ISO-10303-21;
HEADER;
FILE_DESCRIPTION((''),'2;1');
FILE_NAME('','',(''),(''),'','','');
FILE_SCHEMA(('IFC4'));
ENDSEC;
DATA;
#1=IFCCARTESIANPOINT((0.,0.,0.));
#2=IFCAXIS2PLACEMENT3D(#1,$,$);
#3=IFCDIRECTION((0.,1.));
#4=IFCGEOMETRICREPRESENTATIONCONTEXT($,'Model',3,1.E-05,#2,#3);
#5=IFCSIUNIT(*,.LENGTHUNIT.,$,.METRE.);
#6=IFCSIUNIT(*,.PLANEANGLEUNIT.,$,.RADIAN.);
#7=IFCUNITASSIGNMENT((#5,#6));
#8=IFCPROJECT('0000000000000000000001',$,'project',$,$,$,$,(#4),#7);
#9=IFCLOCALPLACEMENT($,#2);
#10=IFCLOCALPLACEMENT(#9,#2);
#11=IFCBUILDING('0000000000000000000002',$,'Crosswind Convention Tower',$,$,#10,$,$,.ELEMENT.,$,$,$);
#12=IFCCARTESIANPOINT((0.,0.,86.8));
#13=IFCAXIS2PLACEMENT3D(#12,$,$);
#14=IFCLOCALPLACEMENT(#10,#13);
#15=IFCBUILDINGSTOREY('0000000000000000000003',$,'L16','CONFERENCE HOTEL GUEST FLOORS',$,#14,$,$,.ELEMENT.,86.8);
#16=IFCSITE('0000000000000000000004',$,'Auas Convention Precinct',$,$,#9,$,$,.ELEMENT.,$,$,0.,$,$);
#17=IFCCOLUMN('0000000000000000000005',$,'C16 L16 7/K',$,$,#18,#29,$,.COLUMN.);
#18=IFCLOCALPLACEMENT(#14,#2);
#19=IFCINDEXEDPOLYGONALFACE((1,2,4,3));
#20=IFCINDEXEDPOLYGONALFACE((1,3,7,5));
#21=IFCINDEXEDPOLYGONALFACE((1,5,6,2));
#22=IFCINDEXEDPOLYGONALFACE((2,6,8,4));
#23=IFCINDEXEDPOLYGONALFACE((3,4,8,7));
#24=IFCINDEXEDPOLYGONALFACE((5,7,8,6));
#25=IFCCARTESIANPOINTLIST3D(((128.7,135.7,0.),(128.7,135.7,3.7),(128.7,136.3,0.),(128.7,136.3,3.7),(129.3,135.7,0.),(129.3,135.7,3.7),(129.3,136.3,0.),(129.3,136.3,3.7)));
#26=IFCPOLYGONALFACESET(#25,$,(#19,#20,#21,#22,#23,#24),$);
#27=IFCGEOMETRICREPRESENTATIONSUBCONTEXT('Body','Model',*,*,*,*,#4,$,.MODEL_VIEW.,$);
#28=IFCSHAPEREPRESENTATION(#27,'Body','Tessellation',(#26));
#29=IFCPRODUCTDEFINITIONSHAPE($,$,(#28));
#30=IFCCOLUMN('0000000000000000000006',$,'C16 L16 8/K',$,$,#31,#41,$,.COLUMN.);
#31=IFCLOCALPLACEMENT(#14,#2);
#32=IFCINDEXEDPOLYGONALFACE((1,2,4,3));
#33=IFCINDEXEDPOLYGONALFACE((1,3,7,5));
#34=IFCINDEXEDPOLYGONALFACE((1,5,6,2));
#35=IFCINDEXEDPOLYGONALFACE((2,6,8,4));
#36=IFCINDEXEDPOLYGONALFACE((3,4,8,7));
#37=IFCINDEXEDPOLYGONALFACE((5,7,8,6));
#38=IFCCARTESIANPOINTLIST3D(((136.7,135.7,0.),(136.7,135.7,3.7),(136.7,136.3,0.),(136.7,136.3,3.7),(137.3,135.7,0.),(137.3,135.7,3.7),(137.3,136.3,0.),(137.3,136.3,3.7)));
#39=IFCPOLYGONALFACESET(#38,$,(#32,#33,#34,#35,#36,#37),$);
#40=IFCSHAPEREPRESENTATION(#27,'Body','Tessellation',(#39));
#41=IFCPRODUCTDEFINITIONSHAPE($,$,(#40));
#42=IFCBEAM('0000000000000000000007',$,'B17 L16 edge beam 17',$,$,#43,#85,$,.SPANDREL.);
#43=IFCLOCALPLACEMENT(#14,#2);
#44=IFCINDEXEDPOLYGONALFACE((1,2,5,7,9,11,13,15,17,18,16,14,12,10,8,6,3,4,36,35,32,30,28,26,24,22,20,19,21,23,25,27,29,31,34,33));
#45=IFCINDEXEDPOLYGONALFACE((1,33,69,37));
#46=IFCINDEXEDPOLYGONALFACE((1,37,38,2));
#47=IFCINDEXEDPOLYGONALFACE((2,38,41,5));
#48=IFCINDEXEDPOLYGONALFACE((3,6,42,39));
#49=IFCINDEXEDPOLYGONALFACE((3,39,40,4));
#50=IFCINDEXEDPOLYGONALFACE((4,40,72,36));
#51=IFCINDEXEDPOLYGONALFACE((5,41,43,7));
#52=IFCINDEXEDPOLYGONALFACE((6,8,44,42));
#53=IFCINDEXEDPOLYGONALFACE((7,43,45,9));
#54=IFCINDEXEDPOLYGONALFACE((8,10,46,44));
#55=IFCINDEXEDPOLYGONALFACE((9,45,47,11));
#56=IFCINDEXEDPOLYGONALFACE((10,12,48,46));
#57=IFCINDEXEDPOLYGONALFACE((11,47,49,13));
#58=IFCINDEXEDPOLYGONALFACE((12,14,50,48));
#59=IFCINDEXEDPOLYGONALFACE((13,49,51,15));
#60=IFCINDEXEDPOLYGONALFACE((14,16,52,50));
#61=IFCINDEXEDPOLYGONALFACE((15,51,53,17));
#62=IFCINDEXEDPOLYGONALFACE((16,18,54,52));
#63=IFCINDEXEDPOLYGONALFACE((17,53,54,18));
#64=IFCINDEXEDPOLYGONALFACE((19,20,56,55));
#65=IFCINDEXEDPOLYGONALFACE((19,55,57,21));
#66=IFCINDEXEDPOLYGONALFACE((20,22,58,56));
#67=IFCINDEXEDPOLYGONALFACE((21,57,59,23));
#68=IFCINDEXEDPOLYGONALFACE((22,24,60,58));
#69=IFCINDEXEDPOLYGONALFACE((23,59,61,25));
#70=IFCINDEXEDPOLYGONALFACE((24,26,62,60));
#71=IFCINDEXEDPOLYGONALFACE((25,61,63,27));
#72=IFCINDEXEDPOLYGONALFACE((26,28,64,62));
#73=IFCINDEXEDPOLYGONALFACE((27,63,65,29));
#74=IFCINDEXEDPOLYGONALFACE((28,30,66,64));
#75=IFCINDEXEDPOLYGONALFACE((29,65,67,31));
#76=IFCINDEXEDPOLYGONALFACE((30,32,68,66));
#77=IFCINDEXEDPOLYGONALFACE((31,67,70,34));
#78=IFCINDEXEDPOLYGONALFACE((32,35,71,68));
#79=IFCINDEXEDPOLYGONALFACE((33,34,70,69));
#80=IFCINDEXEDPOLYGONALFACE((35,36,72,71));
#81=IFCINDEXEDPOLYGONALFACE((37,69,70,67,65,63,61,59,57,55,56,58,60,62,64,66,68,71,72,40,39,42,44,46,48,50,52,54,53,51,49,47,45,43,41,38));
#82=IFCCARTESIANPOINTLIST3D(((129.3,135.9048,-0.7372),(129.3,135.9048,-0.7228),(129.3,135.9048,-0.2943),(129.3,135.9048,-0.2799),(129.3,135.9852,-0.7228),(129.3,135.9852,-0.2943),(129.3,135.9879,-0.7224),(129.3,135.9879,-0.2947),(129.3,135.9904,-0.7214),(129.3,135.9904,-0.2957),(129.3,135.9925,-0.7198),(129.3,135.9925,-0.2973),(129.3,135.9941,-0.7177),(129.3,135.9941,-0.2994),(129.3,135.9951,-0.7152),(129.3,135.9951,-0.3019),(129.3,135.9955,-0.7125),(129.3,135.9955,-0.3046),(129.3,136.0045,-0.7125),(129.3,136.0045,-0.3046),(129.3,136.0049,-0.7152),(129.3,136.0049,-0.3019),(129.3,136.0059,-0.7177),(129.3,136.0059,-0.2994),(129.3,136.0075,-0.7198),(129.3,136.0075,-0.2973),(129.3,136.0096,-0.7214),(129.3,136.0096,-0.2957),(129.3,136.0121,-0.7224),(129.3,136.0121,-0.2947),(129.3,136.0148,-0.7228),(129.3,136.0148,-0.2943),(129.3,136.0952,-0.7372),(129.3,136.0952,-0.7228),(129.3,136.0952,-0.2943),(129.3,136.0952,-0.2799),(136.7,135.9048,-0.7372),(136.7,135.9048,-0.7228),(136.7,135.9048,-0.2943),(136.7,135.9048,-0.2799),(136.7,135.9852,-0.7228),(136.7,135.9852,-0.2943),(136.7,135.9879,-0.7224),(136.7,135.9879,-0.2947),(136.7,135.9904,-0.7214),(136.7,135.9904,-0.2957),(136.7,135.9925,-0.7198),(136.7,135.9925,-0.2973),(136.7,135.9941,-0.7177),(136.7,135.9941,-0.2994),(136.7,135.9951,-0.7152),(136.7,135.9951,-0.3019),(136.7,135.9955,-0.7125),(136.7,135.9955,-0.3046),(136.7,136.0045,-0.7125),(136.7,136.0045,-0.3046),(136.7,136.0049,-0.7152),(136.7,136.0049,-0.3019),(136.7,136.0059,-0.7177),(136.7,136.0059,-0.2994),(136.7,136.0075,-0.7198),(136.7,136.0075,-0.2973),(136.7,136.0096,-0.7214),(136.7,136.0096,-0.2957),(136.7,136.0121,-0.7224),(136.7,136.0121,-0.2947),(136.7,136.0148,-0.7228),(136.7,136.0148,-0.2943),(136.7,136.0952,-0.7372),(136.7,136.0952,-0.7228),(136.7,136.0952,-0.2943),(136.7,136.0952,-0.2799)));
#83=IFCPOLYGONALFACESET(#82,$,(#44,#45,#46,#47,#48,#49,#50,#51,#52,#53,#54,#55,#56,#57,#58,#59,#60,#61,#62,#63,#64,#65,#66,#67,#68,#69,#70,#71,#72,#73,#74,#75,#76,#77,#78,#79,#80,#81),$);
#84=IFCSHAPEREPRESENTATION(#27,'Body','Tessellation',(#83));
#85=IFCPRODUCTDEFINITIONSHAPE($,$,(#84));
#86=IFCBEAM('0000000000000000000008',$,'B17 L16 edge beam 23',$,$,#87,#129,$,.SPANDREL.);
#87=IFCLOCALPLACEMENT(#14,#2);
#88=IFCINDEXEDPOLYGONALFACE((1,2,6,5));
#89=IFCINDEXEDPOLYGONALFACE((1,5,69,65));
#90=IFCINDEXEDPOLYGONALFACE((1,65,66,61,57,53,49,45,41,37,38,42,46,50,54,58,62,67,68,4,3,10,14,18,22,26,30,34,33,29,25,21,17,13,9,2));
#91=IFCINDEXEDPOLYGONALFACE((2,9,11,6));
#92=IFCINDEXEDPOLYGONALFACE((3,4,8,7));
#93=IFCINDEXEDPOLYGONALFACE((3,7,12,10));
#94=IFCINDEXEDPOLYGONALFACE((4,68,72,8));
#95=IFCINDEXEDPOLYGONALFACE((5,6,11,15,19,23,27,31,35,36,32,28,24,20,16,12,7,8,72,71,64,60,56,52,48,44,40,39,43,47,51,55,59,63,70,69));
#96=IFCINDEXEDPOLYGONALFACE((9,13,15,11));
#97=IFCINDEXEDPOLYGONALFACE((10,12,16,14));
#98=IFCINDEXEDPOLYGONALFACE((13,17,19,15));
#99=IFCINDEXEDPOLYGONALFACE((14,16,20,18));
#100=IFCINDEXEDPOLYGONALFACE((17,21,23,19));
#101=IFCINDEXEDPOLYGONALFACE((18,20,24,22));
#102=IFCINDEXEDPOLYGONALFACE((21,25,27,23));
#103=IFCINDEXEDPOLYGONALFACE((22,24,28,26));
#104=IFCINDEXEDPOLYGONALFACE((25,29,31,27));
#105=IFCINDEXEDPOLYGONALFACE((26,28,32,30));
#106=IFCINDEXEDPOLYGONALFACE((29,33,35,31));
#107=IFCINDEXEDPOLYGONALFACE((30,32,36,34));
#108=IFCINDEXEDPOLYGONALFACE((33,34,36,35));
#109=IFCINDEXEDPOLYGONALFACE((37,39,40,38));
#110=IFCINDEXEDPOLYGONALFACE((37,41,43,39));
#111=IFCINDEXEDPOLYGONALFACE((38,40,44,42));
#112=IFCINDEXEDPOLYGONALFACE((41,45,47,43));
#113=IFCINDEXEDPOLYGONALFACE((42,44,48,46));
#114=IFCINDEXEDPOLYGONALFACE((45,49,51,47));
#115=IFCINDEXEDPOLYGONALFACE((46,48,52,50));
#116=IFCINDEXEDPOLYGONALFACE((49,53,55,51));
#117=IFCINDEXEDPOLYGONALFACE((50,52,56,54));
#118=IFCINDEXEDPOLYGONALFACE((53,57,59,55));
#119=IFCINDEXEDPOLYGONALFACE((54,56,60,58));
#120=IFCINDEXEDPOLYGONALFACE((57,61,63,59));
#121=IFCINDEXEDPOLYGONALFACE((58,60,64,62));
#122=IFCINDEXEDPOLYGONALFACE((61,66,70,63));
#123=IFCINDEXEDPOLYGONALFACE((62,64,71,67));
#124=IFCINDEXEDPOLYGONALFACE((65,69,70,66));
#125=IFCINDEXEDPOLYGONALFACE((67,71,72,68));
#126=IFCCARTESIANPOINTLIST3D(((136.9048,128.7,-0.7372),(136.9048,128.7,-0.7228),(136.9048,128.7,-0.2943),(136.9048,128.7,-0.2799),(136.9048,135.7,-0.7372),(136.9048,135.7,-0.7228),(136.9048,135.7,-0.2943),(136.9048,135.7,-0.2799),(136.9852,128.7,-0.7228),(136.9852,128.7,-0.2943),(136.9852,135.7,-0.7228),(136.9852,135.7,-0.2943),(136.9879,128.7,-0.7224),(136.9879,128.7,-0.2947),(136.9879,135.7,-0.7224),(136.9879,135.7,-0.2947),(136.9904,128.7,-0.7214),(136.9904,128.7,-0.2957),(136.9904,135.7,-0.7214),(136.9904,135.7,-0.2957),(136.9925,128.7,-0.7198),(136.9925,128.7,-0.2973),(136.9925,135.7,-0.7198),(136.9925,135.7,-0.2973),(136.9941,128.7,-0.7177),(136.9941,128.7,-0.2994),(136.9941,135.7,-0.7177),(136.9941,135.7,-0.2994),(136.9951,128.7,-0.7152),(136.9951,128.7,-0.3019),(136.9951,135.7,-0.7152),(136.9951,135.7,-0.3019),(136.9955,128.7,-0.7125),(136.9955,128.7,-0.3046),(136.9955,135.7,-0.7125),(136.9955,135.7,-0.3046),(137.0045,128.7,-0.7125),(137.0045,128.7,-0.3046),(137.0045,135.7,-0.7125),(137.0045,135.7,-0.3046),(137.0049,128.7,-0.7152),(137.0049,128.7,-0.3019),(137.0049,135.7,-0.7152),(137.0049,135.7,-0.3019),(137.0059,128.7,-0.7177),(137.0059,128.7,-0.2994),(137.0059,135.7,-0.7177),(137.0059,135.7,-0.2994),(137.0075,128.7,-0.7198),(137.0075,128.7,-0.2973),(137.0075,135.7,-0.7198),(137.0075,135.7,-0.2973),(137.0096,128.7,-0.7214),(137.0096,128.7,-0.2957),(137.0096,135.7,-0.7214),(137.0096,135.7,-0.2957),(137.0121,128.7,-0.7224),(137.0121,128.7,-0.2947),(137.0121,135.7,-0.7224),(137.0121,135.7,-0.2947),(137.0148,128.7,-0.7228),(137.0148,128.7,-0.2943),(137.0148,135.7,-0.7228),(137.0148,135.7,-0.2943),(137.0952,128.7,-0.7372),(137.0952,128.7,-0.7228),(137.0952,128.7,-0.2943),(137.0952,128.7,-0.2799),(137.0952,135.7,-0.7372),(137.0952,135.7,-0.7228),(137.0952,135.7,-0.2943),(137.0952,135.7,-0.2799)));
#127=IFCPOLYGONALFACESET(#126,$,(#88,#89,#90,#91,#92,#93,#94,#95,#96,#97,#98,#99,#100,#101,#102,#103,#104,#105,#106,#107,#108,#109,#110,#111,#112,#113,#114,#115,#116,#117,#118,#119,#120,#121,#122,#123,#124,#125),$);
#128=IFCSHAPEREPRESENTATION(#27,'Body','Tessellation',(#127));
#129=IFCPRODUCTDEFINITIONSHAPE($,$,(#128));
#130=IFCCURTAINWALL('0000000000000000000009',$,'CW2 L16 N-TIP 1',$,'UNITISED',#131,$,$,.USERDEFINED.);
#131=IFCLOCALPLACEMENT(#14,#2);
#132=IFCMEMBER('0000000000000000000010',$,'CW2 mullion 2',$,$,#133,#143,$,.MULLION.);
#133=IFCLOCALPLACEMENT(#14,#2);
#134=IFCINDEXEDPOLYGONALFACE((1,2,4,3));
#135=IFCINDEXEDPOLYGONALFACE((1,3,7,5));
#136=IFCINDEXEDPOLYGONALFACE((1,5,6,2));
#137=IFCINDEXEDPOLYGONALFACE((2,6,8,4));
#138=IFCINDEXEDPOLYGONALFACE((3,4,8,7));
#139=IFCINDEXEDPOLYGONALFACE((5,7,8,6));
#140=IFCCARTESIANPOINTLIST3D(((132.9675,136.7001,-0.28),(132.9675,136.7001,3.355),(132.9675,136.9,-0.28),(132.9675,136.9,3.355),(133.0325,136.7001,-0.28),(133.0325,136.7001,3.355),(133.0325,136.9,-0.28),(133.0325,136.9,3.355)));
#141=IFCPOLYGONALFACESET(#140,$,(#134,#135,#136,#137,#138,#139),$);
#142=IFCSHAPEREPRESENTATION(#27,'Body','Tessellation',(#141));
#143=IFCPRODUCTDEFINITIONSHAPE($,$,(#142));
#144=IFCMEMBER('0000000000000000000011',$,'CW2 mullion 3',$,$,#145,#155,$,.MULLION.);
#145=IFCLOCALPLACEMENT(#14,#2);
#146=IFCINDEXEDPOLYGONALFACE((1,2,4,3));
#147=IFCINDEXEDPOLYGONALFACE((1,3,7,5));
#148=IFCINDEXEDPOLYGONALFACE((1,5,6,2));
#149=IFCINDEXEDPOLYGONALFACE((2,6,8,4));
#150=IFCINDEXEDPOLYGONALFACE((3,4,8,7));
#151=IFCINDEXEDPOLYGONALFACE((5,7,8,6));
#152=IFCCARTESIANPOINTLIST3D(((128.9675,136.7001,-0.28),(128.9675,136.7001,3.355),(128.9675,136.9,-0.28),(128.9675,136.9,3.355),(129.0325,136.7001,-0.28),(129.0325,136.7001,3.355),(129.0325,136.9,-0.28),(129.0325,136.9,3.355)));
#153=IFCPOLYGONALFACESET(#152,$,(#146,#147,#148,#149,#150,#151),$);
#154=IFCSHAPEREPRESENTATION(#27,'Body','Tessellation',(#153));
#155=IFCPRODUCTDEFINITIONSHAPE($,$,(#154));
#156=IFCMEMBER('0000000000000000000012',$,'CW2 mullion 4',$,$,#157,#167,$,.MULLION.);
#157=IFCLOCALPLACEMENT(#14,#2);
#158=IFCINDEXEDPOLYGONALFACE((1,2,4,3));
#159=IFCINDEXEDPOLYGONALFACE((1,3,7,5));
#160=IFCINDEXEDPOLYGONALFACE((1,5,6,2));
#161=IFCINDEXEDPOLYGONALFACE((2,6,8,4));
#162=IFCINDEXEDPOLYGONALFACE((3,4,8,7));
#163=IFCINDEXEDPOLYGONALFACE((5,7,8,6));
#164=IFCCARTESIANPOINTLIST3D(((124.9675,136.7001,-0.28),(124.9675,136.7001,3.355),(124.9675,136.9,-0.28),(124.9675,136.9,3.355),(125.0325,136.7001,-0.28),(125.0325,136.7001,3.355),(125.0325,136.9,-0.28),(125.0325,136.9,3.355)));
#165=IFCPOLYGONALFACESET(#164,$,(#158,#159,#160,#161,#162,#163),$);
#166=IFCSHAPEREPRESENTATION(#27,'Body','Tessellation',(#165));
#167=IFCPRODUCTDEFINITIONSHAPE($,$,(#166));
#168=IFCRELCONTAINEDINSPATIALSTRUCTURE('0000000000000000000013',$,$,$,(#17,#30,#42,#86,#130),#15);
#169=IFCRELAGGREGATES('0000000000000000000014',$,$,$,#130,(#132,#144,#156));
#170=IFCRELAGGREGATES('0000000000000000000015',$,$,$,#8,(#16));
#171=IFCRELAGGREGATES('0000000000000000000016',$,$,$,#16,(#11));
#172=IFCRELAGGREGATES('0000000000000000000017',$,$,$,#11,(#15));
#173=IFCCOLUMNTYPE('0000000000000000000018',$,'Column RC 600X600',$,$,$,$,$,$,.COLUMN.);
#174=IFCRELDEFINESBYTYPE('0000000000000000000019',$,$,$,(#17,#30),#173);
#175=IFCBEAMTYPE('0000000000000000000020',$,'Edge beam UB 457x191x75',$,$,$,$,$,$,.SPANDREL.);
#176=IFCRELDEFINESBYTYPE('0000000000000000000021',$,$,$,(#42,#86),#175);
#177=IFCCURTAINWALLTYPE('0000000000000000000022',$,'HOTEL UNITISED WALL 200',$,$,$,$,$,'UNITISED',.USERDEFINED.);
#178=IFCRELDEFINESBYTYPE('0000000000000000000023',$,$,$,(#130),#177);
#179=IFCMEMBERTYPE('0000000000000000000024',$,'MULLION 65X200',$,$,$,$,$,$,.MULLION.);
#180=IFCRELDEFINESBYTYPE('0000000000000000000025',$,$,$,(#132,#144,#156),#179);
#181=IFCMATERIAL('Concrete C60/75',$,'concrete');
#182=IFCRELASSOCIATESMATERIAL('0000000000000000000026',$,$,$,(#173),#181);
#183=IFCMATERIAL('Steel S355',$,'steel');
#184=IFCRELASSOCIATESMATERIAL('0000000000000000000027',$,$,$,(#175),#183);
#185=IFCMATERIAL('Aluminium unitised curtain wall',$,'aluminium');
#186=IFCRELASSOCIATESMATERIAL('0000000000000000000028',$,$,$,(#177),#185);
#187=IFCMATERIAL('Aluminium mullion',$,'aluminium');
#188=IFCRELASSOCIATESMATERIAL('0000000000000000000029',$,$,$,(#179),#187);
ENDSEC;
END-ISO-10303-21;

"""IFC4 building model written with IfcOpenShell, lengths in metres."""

from ifc_helpers import new_model, si_unit, direction, frame, origin, origin_2d, place, context, subcontext, project, spatial, rectangle, i_section, extrude, material, material_profile, profile_set, type_object, element, aggregate, save


model = new_model("IFC4")

# Units and contexts
model_context = context("Model", 3, precision=1e-05, world=origin(), true_north=direction((0.0, 1.0)))
body_context = subcontext(model_context, "Body", "Model", "MODEL_VIEW")
ifc_project = project(units=[si_unit("LENGTHUNIT", "METRE"), si_unit("PLANEANGLEUNIT", "RADIAN")], contexts=[model_context])

# Site, building, storey
site_placement = place(None, origin())
site = spatial("IfcSite", under=ifc_project, at=site_placement, Name="Auas Convention Precinct", CompositionType="ELEMENT", RefElevation=0.0)
building_placement = place(site_placement, origin())
building = spatial("IfcBuilding", under=site, at=building_placement, Name="Crosswind Convention Tower", CompositionType="ELEMENT")
storey_placement = place(building_placement, frame((0.0, 0.0, 86.8)))
storey = spatial("IfcBuildingStorey", under=building, at=storey_placement, Name="L16", Description="CONFERENCE HOTEL GUEST FLOORS", CompositionType="ELEMENT", Elevation=86.8)

# Columns
ifc_material_1 = material(Name="Concrete C60/75", Category="concrete")
ifc_material_profile_1 = material_profile(ifc_material_1, rectangle(XDim=0.6001, YDim=0.6001, at=origin_2d()), Name="RC 600X600")
ifc_profile_set_1 = profile_set([ifc_material_profile_1], Name="Concrete C60/75")
column_type = type_object("IfcColumnType", Name="Column RC 600X600", PredefinedType="COLUMN", material=ifc_profile_set_1)
for number, where, z_axis, x_axis, name in (
    (1, (129.0, 136.0, 0.0), (0.0, 0.0, 1.0), (1.0, 0.0, 0.0), "C16 L16 7/K"),
    (2, (137.0, 136.0, 0.0), (0.0, 0.0, 1.0), (1.0, 0.0, 0.0), "C16 L16 8/K"),
):
    element("IfcColumn", number, at=place(storey_placement, frame(where, z_axis=z_axis, x_axis=x_axis)), inside=storey, type_object=column_type, Name=name, PredefinedType="COLUMN", context=body_context, shape_type="SweptSolid", body=[
        extrude(rectangle(XDim=0.6001, YDim=0.6001, at=origin_2d()), origin(), (0.0, 0.0, 1.0), 3.7),
    ])

# Beams
ifc_material_2 = material(Name="Steel S355", Category="steel")
ifc_material_profile_2 = material_profile(ifc_material_2, i_section(OverallWidth=0.1904, OverallDepth=0.4573, WebThickness=0.009, FlangeThickness=0.0144, FilletRadius=0.0103, at=origin_2d()), Name="UB 457x191x75")
ifc_profile_set_2 = profile_set([ifc_material_profile_2], Name="Steel S355")
beam_type_1 = type_object("IfcBeamType", Name="Edge beam UB 457x191x75", PredefinedType="SPANDREL", material=ifc_profile_set_2)
beam_1_placement = place(storey_placement, frame((129.3, 136.0, -0.5085), z_axis=(1.0, 0.0, 0.0), x_axis=(0.0, 1.0, 0.0)))
element("IfcBeam", 3, at=beam_1_placement, inside=storey, type_object=beam_type_1, Name="B17 L16 edge beam 17", PredefinedType="SPANDREL", context=body_context, shape_type="SweptSolid", body=[
    extrude(i_section(OverallWidth=0.1904, OverallDepth=0.4573, WebThickness=0.009, FlangeThickness=0.0144, FilletRadius=0.0103, at=origin_2d()), origin(), (0.0, 0.0, 1.0), 7.3999),
])
beam_2_placement = place(storey_placement, frame((137.0, 128.7, -0.5085), z_axis=(0.0, 1.0, 0.0), x_axis=(-1.0, 0.0, 0.0)))
element("IfcBeam", 4, at=beam_2_placement, inside=storey, type_object=beam_type_1, Name="B17 L16 edge beam 23", PredefinedType="SPANDREL", context=body_context, shape_type="SweptSolid", body=[
    extrude(i_section(OverallWidth=0.1904, OverallDepth=0.4573, WebThickness=0.009, FlangeThickness=0.0144, FilletRadius=0.0103, at=origin_2d()), origin(), (0.0, 0.0, 1.0), 7.0),
])

# Curtain wall, members
ifc_material_3 = material(Name="Aluminium unitised curtain wall", Category="aluminium")
curtain_wall_type = type_object("IfcCurtainWallType", Name="HOTEL UNITISED WALL 200", ElementType="UNITISED", PredefinedType="USERDEFINED", material=ifc_material_3)
curtain_wall_placement = place(storey_placement, origin())
curtain_wall = element("IfcCurtainWall", 5, at=curtain_wall_placement, inside=storey, type_object=curtain_wall_type, Name="CW2 L16 N-TIP 1", ObjectType="UNITISED", PredefinedType="USERDEFINED")
ifc_material_4 = material(Name="Aluminium mullion", Category="aluminium")
ifc_material_profile_3 = material_profile(ifc_material_4, rectangle(XDim=0.2, YDim=0.0649, at=origin_2d()), Name="AL 200X65")
ifc_profile_set_3 = profile_set([ifc_material_profile_3], Name="Aluminium mullion")
member_type = type_object("IfcMemberType", Name="MULLION 65X200", PredefinedType="MULLION", material=ifc_profile_set_3)
member_1_placement = place(storey_placement, frame((133.0, 136.8, -0.28), z_axis=(0.0, 0.0, 1.0), x_axis=(0.0, 1.0, 0.0)))
member_1 = element("IfcMember", 6, at=member_1_placement, type_object=member_type, Name="CW2 mullion 2", PredefinedType="MULLION", context=body_context, shape_type="SweptSolid", body=[
    extrude(rectangle(XDim=0.2, YDim=0.0649, at=origin_2d()), origin(), (0.0, 0.0, 1.0), 3.635),
])
member_2_placement = place(storey_placement, frame((129.0, 136.8, -0.28), z_axis=(0.0, 0.0, 1.0), x_axis=(0.0, 1.0, 0.0)))
member_2 = element("IfcMember", 7, at=member_2_placement, type_object=member_type, Name="CW2 mullion 3", PredefinedType="MULLION", context=body_context, shape_type="SweptSolid", body=[
    extrude(rectangle(XDim=0.2, YDim=0.0649, at=origin_2d()), origin(), (0.0, 0.0, 1.0), 3.635),
])
member_3_placement = place(storey_placement, frame((125.0, 136.8, -0.28), z_axis=(0.0, 0.0, 1.0), x_axis=(0.0, 1.0, 0.0)))
member_3 = element("IfcMember", 8, at=member_3_placement, type_object=member_type, Name="CW2 mullion 4", PredefinedType="MULLION", context=body_context, shape_type="SweptSolid", body=[
    extrude(rectangle(XDim=0.2, YDim=0.0649, at=origin_2d()), origin(), (0.0, 0.0, 1.0), 3.635),
])

aggregate(curtain_wall, [member_1, member_2, member_3])

save(model, "model.ifc")
